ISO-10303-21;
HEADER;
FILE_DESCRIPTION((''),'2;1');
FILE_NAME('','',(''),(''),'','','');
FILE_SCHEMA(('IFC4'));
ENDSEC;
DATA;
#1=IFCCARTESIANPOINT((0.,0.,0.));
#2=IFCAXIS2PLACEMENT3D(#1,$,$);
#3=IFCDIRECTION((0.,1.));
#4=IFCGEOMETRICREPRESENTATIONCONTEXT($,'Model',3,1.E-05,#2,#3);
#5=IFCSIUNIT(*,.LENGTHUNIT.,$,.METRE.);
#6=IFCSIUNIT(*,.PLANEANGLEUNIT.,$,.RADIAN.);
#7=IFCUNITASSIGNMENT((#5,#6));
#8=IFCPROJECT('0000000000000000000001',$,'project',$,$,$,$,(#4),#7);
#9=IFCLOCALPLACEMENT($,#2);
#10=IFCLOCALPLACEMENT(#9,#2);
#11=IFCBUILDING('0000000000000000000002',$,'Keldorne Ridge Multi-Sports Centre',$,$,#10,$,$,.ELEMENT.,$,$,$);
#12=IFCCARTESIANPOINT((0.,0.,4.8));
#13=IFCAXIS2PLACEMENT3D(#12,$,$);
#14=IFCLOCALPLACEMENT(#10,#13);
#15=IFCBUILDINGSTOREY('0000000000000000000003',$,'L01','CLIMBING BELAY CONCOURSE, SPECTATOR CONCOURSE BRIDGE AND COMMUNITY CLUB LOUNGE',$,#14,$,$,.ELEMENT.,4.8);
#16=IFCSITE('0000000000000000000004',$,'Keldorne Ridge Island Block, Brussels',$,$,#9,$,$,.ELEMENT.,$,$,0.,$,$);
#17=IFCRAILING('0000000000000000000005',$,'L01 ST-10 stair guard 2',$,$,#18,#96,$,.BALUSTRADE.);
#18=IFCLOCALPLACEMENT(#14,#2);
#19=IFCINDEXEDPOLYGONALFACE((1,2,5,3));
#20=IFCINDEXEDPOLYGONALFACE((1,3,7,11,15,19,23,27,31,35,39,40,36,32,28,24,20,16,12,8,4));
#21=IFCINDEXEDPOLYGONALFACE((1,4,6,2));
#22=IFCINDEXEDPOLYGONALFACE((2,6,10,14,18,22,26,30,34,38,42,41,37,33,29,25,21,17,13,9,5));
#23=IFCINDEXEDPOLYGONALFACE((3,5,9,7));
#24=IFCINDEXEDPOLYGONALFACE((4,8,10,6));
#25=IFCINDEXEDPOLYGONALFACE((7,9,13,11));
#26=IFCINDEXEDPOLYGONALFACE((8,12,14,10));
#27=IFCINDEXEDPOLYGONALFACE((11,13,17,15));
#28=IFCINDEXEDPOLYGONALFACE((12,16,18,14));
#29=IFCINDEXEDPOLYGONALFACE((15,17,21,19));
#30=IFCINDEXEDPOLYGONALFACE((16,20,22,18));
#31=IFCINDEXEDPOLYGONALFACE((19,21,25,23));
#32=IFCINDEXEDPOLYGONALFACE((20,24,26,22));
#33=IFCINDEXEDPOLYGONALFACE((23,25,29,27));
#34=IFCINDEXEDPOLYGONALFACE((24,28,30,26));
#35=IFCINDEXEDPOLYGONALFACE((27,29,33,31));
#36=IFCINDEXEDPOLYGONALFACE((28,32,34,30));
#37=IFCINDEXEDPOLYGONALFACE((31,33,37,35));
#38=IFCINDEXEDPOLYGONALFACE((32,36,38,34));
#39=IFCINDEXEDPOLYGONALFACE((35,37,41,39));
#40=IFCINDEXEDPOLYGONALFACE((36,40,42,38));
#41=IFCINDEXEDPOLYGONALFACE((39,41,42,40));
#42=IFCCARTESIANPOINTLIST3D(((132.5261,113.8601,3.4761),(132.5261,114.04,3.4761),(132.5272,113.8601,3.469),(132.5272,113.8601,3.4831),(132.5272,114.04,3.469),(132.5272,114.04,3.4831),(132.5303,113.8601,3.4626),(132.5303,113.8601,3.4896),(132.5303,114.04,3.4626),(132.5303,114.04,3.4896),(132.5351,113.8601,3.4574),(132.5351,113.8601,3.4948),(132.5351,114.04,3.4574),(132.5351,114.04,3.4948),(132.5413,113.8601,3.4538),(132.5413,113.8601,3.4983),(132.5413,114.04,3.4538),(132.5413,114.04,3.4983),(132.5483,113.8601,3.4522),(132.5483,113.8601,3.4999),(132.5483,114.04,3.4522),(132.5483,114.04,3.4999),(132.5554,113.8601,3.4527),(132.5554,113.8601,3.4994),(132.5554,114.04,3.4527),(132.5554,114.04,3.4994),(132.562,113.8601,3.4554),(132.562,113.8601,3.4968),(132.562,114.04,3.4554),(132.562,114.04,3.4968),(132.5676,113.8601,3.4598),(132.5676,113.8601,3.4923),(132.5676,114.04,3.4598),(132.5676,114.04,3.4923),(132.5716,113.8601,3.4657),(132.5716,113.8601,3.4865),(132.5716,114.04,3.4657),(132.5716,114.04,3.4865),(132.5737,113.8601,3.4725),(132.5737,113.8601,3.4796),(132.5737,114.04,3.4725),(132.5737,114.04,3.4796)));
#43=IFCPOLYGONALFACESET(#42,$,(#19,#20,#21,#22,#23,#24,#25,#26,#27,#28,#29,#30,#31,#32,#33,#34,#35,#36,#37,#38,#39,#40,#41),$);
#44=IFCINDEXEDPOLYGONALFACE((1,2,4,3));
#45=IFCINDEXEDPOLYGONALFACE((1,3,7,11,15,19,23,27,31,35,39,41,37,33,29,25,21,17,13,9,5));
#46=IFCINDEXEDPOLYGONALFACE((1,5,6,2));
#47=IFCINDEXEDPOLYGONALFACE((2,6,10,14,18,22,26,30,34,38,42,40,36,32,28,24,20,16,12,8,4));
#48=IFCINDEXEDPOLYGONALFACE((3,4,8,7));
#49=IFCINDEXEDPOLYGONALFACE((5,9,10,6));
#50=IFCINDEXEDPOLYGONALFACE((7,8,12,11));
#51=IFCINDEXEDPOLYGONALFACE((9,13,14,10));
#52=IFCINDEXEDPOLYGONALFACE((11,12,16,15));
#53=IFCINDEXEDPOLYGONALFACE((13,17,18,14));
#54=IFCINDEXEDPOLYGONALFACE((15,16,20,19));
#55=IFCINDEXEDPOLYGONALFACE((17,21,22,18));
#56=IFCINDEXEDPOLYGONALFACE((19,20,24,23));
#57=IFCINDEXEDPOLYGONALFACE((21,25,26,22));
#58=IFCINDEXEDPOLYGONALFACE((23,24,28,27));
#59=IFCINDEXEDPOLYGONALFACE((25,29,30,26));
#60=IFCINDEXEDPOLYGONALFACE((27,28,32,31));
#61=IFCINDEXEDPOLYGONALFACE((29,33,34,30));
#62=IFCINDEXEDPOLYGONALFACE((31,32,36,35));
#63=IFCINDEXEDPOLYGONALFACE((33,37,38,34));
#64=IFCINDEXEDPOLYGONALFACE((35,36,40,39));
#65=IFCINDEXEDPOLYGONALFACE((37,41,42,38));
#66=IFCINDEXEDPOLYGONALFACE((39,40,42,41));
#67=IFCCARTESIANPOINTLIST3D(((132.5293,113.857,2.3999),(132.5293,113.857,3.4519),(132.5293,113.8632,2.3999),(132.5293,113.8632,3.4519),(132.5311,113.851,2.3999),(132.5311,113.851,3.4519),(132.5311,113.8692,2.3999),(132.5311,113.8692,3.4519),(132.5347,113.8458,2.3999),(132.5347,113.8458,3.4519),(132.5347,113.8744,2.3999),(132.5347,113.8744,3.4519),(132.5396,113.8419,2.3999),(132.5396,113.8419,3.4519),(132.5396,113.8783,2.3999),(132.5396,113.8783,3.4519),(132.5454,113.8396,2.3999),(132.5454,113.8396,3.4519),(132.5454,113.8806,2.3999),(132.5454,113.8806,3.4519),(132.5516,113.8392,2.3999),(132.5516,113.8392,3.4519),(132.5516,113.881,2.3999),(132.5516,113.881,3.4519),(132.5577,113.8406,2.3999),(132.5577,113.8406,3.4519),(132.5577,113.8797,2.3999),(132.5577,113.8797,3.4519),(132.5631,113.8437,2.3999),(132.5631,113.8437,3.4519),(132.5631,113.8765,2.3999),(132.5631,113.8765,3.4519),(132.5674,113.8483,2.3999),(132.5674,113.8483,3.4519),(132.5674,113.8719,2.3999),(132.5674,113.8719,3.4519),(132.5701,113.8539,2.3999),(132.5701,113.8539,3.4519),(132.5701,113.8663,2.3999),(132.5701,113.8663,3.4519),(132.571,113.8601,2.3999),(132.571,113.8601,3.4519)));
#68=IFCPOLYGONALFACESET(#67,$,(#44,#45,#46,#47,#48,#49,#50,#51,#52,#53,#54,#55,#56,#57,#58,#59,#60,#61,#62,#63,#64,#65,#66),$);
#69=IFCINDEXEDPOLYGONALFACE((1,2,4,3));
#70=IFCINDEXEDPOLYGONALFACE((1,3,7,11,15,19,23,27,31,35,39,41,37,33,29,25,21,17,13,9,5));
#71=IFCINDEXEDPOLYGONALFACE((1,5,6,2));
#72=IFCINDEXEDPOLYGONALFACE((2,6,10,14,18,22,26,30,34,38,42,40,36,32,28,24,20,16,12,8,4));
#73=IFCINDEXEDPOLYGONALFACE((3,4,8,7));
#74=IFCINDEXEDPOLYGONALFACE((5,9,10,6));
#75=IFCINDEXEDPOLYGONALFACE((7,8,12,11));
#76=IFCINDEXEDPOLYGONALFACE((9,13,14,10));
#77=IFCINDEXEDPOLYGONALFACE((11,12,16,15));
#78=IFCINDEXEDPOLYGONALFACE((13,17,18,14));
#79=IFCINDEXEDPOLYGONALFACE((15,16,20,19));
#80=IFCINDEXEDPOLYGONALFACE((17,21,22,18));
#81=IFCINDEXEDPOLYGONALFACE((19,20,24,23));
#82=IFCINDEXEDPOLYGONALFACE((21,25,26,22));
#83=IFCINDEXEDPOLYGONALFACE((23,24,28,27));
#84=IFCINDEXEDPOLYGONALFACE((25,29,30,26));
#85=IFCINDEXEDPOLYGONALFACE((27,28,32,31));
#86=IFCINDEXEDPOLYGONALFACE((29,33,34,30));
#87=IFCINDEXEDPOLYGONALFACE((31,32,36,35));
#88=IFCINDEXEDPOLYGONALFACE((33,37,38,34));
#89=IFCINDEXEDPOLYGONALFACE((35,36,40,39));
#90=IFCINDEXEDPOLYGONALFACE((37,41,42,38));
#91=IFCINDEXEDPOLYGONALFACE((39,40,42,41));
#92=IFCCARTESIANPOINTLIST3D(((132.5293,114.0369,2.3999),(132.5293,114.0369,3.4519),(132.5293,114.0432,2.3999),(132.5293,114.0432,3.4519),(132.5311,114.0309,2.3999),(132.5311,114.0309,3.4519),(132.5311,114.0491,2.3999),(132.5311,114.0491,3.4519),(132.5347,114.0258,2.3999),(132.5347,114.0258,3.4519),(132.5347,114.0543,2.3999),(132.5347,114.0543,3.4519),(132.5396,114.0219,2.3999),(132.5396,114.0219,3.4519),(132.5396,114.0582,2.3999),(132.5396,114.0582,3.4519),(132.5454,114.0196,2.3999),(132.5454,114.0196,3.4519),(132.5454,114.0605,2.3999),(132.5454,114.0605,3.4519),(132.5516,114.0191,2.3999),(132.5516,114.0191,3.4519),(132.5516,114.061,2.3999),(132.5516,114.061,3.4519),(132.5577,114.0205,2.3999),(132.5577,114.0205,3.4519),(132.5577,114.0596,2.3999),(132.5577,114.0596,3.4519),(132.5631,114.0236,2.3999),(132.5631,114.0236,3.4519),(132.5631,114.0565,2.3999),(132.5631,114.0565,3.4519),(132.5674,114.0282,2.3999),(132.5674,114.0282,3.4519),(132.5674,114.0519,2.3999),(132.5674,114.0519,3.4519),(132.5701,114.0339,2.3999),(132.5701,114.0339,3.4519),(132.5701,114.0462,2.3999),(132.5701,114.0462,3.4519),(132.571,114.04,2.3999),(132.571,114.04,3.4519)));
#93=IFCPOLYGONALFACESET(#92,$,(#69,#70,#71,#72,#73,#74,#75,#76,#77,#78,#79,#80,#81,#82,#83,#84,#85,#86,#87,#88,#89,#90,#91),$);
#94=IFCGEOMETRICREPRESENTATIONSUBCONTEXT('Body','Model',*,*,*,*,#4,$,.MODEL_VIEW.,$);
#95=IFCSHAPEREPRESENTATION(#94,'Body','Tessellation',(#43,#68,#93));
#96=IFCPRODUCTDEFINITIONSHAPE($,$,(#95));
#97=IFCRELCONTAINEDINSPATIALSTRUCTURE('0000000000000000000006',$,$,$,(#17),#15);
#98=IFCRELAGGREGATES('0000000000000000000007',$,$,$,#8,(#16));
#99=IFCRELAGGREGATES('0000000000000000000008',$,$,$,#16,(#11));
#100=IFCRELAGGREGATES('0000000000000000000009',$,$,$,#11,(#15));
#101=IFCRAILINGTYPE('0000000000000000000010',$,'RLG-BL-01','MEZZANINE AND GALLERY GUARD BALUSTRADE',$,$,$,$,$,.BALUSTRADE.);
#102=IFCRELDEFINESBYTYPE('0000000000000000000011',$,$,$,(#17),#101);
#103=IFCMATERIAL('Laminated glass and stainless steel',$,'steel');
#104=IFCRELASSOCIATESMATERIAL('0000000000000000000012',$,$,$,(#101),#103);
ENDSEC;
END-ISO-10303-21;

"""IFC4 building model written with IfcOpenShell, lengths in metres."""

from ifc_helpers import new_model, si_unit, direction, frame, origin, origin_2d, place, context, subcontext, project, spatial, circle, extrude, material, type_object, element, save


model = new_model("IFC4")

# Units and contexts
model_context = context("Model", 3, precision=1e-05, world=origin(), true_north=direction((0.0, 1.0)))
body_context = subcontext(model_context, "Body", "Model", "MODEL_VIEW")
ifc_project = project(units=[si_unit("LENGTHUNIT", "METRE"), si_unit("PLANEANGLEUNIT", "RADIAN")], contexts=[model_context])

# Site, building, storey
site_placement = place(None, origin())
site = spatial("IfcSite", under=ifc_project, at=site_placement, Name="Keldorne Ridge Island Block, Brussels", CompositionType="ELEMENT", RefElevation=0.0)
building_placement = place(site_placement, origin())
building = spatial("IfcBuilding", under=site, at=building_placement, Name="Keldorne Ridge Multi-Sports Centre", CompositionType="ELEMENT")
storey_placement = place(building_placement, frame((0.0, 0.0, 4.8)))
storey = spatial("IfcBuildingStorey", under=building, at=storey_placement, Name="L01", Description="CLIMBING BELAY CONCOURSE, SPECTATOR CONCOURSE BRIDGE AND COMMUNITY CLUB LOUNGE", CompositionType="ELEMENT", Elevation=4.8)

# Railing
ifc_material_1 = material(Name="Laminated glass and stainless steel", Category="steel")
railing_type_1 = type_object("IfcRailingType", Name="RLG-BL-01", Description="MEZZANINE AND GALLERY GUARD BALUSTRADE", PredefinedType="BALUSTRADE", material=ifc_material_1)
railing_1_placement = place(storey_placement, frame((132.55, 113.8601, 2.3999)))
element("IfcRailing", 1, at=railing_1_placement, inside=storey, type_object=railing_type_1, Name="L01 ST-10 stair guard 2", PredefinedType="BALUSTRADE", context=body_context, shape_type="SweptSolid", body=[
    extrude(circle(Radius=0.0239, at=origin_2d()), frame((0.0, 0.0, 1.0762), z_axis=(0.0, 1.0, 0.0), x_axis=(-1.0, 0.0, 0.0)), (0.0, 0.0, 1.0), 0.1799),
    extrude(circle(Radius=0.021, at=origin_2d()), origin(), (0.0, 0.0, 1.0), 1.052),
    extrude(circle(Radius=0.021, at=origin_2d()), frame((0.0, 0.1799, 0.0)), (0.0, 0.0, 1.0), 1.052),
])

save(model, "model.ifc")
